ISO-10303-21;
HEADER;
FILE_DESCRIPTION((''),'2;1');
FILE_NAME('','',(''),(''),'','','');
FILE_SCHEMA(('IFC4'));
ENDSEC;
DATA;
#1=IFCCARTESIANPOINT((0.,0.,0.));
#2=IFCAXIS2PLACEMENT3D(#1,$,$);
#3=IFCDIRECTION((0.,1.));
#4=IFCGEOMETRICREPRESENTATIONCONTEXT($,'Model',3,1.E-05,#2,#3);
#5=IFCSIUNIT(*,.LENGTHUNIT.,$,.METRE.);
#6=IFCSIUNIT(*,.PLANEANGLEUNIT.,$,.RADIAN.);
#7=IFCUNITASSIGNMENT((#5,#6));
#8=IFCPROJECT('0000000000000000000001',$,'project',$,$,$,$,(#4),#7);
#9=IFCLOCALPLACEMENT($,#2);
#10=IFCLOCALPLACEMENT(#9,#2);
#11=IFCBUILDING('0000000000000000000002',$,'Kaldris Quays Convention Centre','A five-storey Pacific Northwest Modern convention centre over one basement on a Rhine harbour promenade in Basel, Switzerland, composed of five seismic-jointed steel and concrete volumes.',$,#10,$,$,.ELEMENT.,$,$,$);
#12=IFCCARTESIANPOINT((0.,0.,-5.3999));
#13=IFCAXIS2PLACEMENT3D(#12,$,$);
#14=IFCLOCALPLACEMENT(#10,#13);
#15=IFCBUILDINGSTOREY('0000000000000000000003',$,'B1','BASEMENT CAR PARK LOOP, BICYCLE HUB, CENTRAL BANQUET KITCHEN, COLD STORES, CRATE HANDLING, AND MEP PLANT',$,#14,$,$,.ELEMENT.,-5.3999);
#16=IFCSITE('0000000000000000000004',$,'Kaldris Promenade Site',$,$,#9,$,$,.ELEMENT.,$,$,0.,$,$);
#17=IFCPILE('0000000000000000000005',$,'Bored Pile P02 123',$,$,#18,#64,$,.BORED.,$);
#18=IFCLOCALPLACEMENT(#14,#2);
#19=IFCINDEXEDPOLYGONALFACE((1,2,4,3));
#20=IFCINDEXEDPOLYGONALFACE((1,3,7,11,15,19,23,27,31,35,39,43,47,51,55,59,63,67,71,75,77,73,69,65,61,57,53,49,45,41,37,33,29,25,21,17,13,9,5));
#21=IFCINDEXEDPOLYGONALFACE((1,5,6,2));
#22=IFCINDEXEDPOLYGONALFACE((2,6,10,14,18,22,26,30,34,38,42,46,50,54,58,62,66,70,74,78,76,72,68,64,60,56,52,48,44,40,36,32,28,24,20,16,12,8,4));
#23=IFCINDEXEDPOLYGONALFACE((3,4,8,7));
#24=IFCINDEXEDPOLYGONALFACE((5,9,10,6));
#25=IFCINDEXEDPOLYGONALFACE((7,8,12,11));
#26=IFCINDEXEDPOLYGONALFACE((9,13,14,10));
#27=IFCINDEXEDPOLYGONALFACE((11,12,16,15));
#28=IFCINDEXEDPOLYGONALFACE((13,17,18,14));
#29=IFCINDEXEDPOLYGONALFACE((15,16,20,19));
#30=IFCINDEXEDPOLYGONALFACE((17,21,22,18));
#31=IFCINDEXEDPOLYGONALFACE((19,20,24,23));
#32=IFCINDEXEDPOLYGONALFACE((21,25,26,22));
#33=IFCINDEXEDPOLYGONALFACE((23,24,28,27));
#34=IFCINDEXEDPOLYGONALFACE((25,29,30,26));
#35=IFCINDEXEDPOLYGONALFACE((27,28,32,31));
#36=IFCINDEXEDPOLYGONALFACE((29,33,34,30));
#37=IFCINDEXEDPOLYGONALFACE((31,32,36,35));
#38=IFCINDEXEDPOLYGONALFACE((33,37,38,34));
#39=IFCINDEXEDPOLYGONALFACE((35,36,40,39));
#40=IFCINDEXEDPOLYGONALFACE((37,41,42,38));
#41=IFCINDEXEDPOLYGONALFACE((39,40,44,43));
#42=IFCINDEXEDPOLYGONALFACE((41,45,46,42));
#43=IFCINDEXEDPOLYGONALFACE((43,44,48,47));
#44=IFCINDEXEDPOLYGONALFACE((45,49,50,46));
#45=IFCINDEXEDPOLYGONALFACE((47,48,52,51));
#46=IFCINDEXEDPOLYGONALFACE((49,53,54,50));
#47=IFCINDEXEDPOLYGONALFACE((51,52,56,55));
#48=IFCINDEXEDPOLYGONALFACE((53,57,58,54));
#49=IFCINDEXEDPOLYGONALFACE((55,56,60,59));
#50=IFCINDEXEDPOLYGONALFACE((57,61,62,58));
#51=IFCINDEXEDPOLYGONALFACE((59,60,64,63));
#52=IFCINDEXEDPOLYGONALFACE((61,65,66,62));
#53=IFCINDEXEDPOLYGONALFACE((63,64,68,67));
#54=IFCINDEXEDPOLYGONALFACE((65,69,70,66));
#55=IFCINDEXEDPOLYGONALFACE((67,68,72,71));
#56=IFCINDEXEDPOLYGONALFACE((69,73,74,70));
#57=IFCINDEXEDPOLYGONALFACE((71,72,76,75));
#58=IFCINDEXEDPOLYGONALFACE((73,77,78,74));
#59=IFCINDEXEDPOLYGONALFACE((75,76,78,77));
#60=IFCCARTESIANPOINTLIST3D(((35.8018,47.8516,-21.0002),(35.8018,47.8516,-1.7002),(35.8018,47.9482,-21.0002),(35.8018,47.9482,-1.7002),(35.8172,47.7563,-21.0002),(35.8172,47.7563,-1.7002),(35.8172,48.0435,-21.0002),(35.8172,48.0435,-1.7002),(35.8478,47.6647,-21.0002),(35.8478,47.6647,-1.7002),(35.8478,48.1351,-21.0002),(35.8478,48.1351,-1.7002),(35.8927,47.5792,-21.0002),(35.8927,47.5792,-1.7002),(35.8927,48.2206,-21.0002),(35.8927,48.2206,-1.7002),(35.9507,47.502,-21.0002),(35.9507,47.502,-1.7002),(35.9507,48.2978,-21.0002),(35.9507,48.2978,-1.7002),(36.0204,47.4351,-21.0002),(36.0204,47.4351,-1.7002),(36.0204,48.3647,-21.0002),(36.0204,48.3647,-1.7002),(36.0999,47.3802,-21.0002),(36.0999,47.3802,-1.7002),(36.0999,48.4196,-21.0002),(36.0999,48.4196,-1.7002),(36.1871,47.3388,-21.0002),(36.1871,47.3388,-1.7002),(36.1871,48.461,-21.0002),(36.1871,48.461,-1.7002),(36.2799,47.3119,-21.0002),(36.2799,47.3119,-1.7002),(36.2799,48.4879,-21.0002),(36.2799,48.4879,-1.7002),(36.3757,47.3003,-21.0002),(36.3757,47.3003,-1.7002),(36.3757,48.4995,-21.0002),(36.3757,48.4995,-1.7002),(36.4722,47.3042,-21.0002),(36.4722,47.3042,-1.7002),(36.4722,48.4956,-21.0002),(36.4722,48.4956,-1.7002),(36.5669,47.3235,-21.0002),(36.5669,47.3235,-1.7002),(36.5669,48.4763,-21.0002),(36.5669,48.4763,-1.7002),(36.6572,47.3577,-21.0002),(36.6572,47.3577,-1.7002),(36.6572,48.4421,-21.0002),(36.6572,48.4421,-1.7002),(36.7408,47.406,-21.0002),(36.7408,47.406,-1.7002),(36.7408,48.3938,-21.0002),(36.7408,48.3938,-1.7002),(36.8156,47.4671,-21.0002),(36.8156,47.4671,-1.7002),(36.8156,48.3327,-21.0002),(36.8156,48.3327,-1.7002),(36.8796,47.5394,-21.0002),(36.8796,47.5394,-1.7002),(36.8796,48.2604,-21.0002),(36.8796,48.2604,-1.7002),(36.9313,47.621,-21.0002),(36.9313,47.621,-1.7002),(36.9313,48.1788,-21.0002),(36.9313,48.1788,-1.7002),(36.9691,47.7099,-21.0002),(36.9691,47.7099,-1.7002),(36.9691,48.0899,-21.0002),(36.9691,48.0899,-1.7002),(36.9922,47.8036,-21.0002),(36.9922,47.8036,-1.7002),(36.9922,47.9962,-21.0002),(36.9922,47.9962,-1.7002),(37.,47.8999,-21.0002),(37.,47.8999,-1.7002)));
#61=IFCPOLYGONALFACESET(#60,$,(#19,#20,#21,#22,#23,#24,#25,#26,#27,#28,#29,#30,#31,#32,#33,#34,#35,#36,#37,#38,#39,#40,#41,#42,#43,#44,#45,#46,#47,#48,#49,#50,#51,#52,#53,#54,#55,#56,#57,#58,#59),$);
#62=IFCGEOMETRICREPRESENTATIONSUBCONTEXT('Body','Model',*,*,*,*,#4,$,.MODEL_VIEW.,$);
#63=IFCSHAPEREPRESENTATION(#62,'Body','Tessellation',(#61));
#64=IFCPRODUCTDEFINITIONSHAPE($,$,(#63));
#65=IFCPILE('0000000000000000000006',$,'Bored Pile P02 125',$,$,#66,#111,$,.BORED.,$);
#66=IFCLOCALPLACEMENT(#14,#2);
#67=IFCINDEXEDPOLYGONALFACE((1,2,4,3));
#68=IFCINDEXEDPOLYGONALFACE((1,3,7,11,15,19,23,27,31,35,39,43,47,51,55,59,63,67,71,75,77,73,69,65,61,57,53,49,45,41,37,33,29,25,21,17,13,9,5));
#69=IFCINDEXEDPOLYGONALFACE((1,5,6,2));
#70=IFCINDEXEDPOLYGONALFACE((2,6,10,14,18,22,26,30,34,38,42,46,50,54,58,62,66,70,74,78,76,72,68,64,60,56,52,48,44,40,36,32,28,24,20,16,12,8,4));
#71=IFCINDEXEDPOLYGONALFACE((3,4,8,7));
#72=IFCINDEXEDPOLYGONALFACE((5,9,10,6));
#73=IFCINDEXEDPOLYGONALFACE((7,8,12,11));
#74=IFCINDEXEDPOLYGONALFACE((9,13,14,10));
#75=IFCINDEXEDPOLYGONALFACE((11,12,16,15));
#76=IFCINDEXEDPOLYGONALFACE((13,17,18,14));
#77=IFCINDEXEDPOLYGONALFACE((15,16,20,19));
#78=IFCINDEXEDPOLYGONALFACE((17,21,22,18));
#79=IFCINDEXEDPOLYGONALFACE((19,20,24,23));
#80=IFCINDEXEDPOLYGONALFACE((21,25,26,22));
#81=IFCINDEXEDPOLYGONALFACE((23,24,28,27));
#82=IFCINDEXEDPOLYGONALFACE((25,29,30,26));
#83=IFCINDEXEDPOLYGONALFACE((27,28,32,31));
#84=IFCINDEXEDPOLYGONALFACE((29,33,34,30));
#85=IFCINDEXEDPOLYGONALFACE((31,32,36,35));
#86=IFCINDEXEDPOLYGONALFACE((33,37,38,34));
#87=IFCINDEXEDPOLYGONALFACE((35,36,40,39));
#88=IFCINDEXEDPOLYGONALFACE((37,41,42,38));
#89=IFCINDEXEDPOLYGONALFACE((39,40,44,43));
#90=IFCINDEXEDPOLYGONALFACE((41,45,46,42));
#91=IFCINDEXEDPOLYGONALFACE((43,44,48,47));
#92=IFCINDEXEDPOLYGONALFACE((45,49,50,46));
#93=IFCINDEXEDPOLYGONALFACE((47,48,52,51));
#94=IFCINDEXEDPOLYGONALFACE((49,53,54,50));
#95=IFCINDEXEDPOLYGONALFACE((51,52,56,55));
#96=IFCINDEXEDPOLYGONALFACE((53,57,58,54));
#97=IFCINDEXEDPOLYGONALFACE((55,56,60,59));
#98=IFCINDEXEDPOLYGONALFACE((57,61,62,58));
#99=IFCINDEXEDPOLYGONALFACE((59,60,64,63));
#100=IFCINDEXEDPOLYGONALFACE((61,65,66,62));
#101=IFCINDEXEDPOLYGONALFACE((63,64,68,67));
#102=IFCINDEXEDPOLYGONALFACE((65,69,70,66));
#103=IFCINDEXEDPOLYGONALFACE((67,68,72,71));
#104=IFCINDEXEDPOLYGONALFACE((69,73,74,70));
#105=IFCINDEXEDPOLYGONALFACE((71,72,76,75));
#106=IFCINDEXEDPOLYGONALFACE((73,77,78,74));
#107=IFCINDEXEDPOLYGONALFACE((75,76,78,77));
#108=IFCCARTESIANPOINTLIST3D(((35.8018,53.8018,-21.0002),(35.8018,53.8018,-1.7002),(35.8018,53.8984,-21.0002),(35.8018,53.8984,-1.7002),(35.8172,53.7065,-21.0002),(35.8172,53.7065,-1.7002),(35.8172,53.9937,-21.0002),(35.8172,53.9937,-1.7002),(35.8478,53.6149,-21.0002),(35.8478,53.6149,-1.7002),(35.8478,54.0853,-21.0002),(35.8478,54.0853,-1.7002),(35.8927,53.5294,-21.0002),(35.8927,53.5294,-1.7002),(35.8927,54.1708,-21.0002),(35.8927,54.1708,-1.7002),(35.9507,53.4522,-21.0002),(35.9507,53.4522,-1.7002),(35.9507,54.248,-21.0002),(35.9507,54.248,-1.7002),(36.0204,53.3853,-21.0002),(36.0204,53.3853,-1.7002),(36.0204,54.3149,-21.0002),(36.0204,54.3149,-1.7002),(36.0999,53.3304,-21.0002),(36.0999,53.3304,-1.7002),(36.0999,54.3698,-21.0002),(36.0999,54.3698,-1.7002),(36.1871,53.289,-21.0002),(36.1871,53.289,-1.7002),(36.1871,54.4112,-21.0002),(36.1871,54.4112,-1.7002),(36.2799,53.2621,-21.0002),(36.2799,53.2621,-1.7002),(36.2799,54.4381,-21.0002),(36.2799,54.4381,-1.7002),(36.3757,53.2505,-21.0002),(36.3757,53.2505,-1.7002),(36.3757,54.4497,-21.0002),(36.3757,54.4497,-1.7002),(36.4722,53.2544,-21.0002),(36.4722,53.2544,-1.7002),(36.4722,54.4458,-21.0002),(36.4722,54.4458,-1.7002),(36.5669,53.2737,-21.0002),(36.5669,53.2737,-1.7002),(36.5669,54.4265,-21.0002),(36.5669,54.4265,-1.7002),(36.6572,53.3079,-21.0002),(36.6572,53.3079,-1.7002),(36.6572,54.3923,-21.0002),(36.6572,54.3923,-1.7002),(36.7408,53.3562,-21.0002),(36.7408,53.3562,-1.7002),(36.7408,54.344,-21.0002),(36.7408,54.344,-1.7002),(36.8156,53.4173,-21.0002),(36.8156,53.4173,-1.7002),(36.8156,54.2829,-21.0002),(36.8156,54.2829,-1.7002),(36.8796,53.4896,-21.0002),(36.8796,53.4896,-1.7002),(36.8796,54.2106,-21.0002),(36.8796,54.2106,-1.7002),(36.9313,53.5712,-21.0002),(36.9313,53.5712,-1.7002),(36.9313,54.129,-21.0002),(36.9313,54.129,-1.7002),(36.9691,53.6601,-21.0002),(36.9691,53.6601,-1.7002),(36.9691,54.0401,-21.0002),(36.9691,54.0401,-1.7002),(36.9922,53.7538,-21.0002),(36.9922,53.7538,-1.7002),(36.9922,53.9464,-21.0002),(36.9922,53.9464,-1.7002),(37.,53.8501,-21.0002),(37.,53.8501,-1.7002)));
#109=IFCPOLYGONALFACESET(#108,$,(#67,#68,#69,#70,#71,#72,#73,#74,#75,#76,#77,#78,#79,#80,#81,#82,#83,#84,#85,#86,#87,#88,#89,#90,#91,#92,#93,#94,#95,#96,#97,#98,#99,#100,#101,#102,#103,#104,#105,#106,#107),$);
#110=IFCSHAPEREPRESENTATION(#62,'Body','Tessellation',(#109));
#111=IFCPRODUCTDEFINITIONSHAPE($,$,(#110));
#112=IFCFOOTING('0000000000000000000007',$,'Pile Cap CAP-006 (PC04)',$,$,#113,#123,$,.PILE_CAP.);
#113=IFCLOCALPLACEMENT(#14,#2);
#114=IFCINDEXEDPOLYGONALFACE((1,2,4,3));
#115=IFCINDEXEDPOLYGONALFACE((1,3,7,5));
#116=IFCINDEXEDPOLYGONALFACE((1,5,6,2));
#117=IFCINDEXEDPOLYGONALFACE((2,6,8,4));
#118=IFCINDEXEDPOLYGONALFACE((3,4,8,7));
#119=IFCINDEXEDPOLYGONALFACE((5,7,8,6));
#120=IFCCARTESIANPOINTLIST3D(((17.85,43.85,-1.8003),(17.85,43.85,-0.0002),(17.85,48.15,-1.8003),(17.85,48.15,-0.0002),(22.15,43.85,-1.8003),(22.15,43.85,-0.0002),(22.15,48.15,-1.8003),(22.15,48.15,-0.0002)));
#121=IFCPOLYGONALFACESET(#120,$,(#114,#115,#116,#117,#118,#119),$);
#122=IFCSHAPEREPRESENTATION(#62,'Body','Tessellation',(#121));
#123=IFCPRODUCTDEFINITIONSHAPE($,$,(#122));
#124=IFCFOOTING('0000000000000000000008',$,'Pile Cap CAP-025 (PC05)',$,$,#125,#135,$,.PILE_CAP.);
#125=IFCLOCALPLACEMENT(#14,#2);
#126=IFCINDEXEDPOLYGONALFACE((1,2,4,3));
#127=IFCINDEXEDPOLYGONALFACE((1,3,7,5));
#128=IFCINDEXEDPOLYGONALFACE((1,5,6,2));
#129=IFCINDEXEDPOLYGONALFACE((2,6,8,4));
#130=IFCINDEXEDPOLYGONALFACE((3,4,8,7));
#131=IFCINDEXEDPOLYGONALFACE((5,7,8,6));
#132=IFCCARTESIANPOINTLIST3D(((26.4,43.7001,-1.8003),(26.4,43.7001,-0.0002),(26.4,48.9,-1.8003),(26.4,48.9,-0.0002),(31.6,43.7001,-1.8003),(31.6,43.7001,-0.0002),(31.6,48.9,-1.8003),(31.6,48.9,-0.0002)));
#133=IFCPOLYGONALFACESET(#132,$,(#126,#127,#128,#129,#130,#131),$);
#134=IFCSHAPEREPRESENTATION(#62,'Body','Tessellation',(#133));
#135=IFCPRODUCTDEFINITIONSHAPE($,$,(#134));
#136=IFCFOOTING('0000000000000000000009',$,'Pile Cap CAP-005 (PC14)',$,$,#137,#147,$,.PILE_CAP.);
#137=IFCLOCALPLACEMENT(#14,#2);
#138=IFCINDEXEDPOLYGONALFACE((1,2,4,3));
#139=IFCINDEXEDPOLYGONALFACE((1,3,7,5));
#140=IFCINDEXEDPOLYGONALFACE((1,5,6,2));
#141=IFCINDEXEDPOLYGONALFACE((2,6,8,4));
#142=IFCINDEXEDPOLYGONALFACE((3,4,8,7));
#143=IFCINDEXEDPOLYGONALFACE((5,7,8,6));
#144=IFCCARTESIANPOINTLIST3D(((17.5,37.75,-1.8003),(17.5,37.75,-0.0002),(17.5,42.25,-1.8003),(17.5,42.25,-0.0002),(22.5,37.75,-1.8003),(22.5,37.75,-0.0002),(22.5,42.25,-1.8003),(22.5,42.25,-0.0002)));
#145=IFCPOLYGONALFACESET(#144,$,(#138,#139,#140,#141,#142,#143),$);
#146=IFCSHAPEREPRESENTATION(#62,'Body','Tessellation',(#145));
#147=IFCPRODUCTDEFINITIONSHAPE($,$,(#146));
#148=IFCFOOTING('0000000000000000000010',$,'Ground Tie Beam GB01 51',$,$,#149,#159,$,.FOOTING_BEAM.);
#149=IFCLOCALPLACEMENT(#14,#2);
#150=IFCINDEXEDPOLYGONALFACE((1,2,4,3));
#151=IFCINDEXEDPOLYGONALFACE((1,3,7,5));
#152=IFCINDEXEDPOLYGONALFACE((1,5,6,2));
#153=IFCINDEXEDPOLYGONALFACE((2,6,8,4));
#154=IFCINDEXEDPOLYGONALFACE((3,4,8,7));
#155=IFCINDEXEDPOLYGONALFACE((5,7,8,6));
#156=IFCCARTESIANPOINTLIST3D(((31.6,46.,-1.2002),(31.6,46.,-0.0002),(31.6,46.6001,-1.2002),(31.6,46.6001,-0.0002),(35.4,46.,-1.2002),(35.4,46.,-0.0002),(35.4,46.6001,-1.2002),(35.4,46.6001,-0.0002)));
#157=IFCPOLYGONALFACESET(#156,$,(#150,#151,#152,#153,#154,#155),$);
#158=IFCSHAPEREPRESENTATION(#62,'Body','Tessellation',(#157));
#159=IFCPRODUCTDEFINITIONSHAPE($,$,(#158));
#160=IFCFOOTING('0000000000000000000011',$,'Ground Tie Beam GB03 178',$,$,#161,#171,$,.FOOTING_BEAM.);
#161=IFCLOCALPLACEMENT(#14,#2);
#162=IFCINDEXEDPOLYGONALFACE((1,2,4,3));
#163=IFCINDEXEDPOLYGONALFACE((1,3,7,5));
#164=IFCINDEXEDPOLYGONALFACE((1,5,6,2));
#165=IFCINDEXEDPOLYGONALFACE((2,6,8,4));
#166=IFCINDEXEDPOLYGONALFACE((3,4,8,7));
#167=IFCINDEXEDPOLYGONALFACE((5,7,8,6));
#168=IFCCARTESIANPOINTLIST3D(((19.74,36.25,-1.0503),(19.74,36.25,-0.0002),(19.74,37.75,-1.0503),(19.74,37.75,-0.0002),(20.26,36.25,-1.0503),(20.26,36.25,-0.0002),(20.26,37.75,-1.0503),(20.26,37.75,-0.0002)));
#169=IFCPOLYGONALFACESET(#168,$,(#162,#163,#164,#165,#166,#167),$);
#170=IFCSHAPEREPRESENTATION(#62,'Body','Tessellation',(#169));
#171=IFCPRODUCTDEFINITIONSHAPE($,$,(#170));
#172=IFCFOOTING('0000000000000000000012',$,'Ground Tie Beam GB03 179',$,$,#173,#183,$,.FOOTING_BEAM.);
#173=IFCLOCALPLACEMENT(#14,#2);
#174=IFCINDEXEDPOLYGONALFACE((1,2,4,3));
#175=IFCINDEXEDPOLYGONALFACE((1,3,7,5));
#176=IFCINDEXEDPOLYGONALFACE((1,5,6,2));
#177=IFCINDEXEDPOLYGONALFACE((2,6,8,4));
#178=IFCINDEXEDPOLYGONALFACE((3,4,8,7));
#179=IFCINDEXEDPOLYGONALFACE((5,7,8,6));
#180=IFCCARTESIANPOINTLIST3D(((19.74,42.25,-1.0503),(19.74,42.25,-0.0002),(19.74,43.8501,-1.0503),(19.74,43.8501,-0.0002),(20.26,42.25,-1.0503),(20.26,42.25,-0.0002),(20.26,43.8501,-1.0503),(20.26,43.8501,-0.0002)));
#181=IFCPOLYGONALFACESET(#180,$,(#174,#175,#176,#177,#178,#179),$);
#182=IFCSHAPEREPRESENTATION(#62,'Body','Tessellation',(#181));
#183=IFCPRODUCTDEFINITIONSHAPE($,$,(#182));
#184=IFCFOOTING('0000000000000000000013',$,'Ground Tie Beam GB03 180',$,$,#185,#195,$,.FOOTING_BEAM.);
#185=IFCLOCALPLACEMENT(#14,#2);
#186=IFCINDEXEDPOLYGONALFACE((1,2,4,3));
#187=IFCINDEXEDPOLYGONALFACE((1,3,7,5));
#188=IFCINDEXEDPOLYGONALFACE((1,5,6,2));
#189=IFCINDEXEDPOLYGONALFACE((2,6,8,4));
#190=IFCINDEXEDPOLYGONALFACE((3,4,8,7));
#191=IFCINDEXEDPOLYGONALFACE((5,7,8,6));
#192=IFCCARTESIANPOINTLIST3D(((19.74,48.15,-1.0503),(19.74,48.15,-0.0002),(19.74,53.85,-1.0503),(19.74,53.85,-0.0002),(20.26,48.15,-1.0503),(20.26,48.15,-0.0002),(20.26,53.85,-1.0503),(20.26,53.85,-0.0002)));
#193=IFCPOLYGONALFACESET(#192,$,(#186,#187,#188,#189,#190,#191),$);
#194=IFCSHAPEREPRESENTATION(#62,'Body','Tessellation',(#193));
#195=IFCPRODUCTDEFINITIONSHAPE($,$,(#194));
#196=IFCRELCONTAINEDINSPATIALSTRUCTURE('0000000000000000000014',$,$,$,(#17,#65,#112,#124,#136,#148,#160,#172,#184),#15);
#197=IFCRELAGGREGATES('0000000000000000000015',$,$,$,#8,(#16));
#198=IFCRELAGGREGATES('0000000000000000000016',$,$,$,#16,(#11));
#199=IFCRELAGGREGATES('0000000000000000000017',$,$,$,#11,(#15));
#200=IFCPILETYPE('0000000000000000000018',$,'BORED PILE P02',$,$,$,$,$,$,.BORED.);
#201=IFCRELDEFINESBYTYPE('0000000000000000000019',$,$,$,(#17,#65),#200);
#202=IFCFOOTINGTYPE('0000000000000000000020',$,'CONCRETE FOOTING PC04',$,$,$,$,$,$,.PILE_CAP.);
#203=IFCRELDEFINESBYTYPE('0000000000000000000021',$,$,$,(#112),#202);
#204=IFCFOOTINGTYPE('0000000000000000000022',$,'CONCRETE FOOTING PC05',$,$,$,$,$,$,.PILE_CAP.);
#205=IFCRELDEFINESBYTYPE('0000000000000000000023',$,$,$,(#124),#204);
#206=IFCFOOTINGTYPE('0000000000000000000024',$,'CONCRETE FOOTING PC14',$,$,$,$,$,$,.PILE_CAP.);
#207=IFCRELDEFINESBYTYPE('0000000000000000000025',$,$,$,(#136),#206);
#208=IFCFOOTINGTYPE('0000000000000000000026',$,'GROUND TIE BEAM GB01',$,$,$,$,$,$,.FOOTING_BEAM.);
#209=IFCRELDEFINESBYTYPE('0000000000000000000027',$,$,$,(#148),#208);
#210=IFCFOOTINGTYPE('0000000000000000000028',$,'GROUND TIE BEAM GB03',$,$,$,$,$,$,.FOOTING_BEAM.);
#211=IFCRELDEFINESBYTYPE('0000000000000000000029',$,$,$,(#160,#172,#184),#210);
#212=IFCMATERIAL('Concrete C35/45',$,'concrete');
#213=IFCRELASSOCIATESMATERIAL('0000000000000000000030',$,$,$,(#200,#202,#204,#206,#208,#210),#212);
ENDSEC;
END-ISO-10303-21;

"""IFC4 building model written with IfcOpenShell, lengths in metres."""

from ifc_helpers import new_model, si_unit, direction, frame, origin, origin_2d, place, context, subcontext, project, spatial, rectangle, circle, extrude, material, material_profile, profile_set, type_object, element, save


model = new_model("IFC4")

# Units and contexts
model_context = context("Model", 3, precision=1e-05, world=origin(), true_north=direction((0.0, 1.0)))
body_context = subcontext(model_context, "Body", "Model", "MODEL_VIEW")
ifc_project = project(units=[si_unit("LENGTHUNIT", "METRE"), si_unit("PLANEANGLEUNIT", "RADIAN")], contexts=[model_context])

# Site, building, storey
site_placement = place(None, origin())
site = spatial("IfcSite", under=ifc_project, at=site_placement, Name="Kaldris Promenade Site", CompositionType="ELEMENT", RefElevation=0.0)
building_placement = place(site_placement, origin())
building = spatial("IfcBuilding", under=site, at=building_placement, Name="Kaldris Quays Convention Centre", Description="A five-storey Pacific Northwest Modern convention centre over one basement on a Rhine harbour promenade in Basel, Switzerland, composed of five seismic-jointed steel and concrete volumes.", CompositionType="ELEMENT")
storey_placement = place(building_placement, frame((0.0, 0.0, -5.3999)))
storey = spatial("IfcBuildingStorey", under=building, at=storey_placement, Name="B1", Description="BASEMENT CAR PARK LOOP, BICYCLE HUB, CENTRAL BANQUET KITCHEN, COLD STORES, CRATE HANDLING, AND MEP PLANT", CompositionType="ELEMENT", Elevation=-5.3999)

# Piles
ifc_material_1 = material(Name="Concrete C35/45", Category="concrete")
ifc_material_profile_1 = material_profile(ifc_material_1, circle(Radius=0.6001, at=origin_2d()), Name="BORED PILE D1200")
ifc_profile_set_1 = profile_set([ifc_material_profile_1], Name="Concrete C35/45")
pile_type_1 = type_object("IfcPileType", Name="BORED PILE P02", PredefinedType="BORED", material=ifc_profile_set_1)
for number, where, z_axis, x_axis, name in (
    (1, (36.3999, 47.8999, -1.7002), (0.0, 0.0, -1.0), (1.0, 0.0, 0.0), "Bored Pile P02 123"),
    (2, (36.3999, 53.8501, -1.7002), (0.0, 0.0, -1.0), (1.0, 0.0, 0.0), "Bored Pile P02 125"),
):
    element("IfcPile", number, at=place(storey_placement, frame(where, z_axis=z_axis, x_axis=x_axis)), inside=storey, type_object=pile_type_1, Name=name, PredefinedType="BORED", context=body_context, shape_type="SweptSolid", body=[
        extrude(circle(Radius=0.6001, at=origin_2d()), origin(), (0.0, 0.0, 1.0), 19.3),
    ])

# Footings
footing_type_1 = type_object("IfcFootingType", Name="CONCRETE FOOTING PC04", PredefinedType="PILE_CAP", material=ifc_material_1)
footing_1_placement = place(storey_placement, frame((20.0, 46.0, -1.8003), z_axis=(0.0, 0.0, 1.0), x_axis=(1.0, 0.0, 0.0)))
element("IfcFooting", 3, at=footing_1_placement, inside=storey, type_object=footing_type_1, Name="Pile Cap CAP-006 (PC04)", PredefinedType="PILE_CAP", context=body_context, shape_type="SweptSolid", body=[
    extrude(rectangle(XDim=4.3, YDim=4.3, at=origin_2d()), origin(), (0.0, 0.0, 1.0), 1.8),
])
footing_type_2 = type_object("IfcFootingType", Name="CONCRETE FOOTING PC05", PredefinedType="PILE_CAP", material=ifc_material_1)
footing_2_placement = place(storey_placement, frame((29.0, 46.3, -1.8003), z_axis=(0.0, 0.0, 1.0), x_axis=(1.0, 0.0, 0.0)))
element("IfcFooting", 4, at=footing_2_placement, inside=storey, type_object=footing_type_2, Name="Pile Cap CAP-025 (PC05)", PredefinedType="PILE_CAP", context=body_context, shape_type="SweptSolid", body=[
    extrude(rectangle(XDim=5.2, YDim=5.2, at=origin_2d()), origin(), (0.0, 0.0, 1.0), 1.8),
])
footing_type_3 = type_object("IfcFootingType", Name="CONCRETE FOOTING PC14", PredefinedType="PILE_CAP", material=ifc_material_1)
footing_3_placement = place(storey_placement, frame((20.0, 40.0, -1.8003), z_axis=(0.0, 0.0, 1.0), x_axis=(1.0, 0.0, 0.0)))
element("IfcFooting", 5, at=footing_3_placement, inside=storey, type_object=footing_type_3, Name="Pile Cap CAP-005 (PC14)", PredefinedType="PILE_CAP", context=body_context, shape_type="SweptSolid", body=[
    extrude(rectangle(XDim=5.0, YDim=4.5, at=origin_2d()), origin(), (0.0, 0.0, 1.0), 1.8),
])
footing_type_4 = type_object("IfcFootingType", Name="GROUND TIE BEAM GB01", PredefinedType="FOOTING_BEAM", material=ifc_material_1)
footing_4_placement = place(storey_placement, frame((33.5, 46.3, -1.2002), z_axis=(0.0, 0.0, 1.0), x_axis=(1.0, 0.0, 0.0)))
element("IfcFooting", 6, at=footing_4_placement, inside=storey, type_object=footing_type_4, Name="Ground Tie Beam GB01 51", PredefinedType="FOOTING_BEAM", context=body_context, shape_type="SweptSolid", body=[
    extrude(rectangle(XDim=3.8, YDim=0.6001, at=origin_2d()), origin(), (0.0, 0.0, 1.0), 1.2),
])
footing_type_5 = type_object("IfcFootingType", Name="GROUND TIE BEAM GB03", PredefinedType="FOOTING_BEAM", material=ifc_material_1)
footing_5_placement = place(storey_placement, frame((20.0, 37.0, -1.0503), z_axis=(0.0, 0.0, 1.0), x_axis=(1.0, 0.0, 0.0)))
element("IfcFooting", 7, at=footing_5_placement, inside=storey, type_object=footing_type_5, Name="Ground Tie Beam GB03 178", PredefinedType="FOOTING_BEAM", context=body_context, shape_type="SweptSolid", body=[
    extrude(rectangle(XDim=0.52, YDim=1.5, at=origin_2d()), origin(), (0.0, 0.0, 1.0), 1.05),
])
footing_6_placement = place(storey_placement, frame((20.0, 43.05, -1.0503), z_axis=(0.0, 0.0, 1.0), x_axis=(1.0, 0.0, 0.0)))
element("IfcFooting", 8, at=footing_6_placement, inside=storey, type_object=footing_type_5, Name="Ground Tie Beam GB03 179", PredefinedType="FOOTING_BEAM", context=body_context, shape_type="SweptSolid", body=[
    extrude(rectangle(XDim=0.52, YDim=1.6001, at=origin_2d()), origin(), (0.0, 0.0, 1.0), 1.05),
])
footing_7_placement = place(storey_placement, frame((20.0, 51.0, -1.0503), z_axis=(0.0, 0.0, 1.0), x_axis=(1.0, 0.0, 0.0)))
element("IfcFooting", 9, at=footing_7_placement, inside=storey, type_object=footing_type_5, Name="Ground Tie Beam GB03 180", PredefinedType="FOOTING_BEAM", context=body_context, shape_type="SweptSolid", body=[
    extrude(rectangle(XDim=0.52, YDim=5.7, at=origin_2d()), origin(), (0.0, 0.0, 1.0), 1.05),
])

save(model, "model.ifc")
